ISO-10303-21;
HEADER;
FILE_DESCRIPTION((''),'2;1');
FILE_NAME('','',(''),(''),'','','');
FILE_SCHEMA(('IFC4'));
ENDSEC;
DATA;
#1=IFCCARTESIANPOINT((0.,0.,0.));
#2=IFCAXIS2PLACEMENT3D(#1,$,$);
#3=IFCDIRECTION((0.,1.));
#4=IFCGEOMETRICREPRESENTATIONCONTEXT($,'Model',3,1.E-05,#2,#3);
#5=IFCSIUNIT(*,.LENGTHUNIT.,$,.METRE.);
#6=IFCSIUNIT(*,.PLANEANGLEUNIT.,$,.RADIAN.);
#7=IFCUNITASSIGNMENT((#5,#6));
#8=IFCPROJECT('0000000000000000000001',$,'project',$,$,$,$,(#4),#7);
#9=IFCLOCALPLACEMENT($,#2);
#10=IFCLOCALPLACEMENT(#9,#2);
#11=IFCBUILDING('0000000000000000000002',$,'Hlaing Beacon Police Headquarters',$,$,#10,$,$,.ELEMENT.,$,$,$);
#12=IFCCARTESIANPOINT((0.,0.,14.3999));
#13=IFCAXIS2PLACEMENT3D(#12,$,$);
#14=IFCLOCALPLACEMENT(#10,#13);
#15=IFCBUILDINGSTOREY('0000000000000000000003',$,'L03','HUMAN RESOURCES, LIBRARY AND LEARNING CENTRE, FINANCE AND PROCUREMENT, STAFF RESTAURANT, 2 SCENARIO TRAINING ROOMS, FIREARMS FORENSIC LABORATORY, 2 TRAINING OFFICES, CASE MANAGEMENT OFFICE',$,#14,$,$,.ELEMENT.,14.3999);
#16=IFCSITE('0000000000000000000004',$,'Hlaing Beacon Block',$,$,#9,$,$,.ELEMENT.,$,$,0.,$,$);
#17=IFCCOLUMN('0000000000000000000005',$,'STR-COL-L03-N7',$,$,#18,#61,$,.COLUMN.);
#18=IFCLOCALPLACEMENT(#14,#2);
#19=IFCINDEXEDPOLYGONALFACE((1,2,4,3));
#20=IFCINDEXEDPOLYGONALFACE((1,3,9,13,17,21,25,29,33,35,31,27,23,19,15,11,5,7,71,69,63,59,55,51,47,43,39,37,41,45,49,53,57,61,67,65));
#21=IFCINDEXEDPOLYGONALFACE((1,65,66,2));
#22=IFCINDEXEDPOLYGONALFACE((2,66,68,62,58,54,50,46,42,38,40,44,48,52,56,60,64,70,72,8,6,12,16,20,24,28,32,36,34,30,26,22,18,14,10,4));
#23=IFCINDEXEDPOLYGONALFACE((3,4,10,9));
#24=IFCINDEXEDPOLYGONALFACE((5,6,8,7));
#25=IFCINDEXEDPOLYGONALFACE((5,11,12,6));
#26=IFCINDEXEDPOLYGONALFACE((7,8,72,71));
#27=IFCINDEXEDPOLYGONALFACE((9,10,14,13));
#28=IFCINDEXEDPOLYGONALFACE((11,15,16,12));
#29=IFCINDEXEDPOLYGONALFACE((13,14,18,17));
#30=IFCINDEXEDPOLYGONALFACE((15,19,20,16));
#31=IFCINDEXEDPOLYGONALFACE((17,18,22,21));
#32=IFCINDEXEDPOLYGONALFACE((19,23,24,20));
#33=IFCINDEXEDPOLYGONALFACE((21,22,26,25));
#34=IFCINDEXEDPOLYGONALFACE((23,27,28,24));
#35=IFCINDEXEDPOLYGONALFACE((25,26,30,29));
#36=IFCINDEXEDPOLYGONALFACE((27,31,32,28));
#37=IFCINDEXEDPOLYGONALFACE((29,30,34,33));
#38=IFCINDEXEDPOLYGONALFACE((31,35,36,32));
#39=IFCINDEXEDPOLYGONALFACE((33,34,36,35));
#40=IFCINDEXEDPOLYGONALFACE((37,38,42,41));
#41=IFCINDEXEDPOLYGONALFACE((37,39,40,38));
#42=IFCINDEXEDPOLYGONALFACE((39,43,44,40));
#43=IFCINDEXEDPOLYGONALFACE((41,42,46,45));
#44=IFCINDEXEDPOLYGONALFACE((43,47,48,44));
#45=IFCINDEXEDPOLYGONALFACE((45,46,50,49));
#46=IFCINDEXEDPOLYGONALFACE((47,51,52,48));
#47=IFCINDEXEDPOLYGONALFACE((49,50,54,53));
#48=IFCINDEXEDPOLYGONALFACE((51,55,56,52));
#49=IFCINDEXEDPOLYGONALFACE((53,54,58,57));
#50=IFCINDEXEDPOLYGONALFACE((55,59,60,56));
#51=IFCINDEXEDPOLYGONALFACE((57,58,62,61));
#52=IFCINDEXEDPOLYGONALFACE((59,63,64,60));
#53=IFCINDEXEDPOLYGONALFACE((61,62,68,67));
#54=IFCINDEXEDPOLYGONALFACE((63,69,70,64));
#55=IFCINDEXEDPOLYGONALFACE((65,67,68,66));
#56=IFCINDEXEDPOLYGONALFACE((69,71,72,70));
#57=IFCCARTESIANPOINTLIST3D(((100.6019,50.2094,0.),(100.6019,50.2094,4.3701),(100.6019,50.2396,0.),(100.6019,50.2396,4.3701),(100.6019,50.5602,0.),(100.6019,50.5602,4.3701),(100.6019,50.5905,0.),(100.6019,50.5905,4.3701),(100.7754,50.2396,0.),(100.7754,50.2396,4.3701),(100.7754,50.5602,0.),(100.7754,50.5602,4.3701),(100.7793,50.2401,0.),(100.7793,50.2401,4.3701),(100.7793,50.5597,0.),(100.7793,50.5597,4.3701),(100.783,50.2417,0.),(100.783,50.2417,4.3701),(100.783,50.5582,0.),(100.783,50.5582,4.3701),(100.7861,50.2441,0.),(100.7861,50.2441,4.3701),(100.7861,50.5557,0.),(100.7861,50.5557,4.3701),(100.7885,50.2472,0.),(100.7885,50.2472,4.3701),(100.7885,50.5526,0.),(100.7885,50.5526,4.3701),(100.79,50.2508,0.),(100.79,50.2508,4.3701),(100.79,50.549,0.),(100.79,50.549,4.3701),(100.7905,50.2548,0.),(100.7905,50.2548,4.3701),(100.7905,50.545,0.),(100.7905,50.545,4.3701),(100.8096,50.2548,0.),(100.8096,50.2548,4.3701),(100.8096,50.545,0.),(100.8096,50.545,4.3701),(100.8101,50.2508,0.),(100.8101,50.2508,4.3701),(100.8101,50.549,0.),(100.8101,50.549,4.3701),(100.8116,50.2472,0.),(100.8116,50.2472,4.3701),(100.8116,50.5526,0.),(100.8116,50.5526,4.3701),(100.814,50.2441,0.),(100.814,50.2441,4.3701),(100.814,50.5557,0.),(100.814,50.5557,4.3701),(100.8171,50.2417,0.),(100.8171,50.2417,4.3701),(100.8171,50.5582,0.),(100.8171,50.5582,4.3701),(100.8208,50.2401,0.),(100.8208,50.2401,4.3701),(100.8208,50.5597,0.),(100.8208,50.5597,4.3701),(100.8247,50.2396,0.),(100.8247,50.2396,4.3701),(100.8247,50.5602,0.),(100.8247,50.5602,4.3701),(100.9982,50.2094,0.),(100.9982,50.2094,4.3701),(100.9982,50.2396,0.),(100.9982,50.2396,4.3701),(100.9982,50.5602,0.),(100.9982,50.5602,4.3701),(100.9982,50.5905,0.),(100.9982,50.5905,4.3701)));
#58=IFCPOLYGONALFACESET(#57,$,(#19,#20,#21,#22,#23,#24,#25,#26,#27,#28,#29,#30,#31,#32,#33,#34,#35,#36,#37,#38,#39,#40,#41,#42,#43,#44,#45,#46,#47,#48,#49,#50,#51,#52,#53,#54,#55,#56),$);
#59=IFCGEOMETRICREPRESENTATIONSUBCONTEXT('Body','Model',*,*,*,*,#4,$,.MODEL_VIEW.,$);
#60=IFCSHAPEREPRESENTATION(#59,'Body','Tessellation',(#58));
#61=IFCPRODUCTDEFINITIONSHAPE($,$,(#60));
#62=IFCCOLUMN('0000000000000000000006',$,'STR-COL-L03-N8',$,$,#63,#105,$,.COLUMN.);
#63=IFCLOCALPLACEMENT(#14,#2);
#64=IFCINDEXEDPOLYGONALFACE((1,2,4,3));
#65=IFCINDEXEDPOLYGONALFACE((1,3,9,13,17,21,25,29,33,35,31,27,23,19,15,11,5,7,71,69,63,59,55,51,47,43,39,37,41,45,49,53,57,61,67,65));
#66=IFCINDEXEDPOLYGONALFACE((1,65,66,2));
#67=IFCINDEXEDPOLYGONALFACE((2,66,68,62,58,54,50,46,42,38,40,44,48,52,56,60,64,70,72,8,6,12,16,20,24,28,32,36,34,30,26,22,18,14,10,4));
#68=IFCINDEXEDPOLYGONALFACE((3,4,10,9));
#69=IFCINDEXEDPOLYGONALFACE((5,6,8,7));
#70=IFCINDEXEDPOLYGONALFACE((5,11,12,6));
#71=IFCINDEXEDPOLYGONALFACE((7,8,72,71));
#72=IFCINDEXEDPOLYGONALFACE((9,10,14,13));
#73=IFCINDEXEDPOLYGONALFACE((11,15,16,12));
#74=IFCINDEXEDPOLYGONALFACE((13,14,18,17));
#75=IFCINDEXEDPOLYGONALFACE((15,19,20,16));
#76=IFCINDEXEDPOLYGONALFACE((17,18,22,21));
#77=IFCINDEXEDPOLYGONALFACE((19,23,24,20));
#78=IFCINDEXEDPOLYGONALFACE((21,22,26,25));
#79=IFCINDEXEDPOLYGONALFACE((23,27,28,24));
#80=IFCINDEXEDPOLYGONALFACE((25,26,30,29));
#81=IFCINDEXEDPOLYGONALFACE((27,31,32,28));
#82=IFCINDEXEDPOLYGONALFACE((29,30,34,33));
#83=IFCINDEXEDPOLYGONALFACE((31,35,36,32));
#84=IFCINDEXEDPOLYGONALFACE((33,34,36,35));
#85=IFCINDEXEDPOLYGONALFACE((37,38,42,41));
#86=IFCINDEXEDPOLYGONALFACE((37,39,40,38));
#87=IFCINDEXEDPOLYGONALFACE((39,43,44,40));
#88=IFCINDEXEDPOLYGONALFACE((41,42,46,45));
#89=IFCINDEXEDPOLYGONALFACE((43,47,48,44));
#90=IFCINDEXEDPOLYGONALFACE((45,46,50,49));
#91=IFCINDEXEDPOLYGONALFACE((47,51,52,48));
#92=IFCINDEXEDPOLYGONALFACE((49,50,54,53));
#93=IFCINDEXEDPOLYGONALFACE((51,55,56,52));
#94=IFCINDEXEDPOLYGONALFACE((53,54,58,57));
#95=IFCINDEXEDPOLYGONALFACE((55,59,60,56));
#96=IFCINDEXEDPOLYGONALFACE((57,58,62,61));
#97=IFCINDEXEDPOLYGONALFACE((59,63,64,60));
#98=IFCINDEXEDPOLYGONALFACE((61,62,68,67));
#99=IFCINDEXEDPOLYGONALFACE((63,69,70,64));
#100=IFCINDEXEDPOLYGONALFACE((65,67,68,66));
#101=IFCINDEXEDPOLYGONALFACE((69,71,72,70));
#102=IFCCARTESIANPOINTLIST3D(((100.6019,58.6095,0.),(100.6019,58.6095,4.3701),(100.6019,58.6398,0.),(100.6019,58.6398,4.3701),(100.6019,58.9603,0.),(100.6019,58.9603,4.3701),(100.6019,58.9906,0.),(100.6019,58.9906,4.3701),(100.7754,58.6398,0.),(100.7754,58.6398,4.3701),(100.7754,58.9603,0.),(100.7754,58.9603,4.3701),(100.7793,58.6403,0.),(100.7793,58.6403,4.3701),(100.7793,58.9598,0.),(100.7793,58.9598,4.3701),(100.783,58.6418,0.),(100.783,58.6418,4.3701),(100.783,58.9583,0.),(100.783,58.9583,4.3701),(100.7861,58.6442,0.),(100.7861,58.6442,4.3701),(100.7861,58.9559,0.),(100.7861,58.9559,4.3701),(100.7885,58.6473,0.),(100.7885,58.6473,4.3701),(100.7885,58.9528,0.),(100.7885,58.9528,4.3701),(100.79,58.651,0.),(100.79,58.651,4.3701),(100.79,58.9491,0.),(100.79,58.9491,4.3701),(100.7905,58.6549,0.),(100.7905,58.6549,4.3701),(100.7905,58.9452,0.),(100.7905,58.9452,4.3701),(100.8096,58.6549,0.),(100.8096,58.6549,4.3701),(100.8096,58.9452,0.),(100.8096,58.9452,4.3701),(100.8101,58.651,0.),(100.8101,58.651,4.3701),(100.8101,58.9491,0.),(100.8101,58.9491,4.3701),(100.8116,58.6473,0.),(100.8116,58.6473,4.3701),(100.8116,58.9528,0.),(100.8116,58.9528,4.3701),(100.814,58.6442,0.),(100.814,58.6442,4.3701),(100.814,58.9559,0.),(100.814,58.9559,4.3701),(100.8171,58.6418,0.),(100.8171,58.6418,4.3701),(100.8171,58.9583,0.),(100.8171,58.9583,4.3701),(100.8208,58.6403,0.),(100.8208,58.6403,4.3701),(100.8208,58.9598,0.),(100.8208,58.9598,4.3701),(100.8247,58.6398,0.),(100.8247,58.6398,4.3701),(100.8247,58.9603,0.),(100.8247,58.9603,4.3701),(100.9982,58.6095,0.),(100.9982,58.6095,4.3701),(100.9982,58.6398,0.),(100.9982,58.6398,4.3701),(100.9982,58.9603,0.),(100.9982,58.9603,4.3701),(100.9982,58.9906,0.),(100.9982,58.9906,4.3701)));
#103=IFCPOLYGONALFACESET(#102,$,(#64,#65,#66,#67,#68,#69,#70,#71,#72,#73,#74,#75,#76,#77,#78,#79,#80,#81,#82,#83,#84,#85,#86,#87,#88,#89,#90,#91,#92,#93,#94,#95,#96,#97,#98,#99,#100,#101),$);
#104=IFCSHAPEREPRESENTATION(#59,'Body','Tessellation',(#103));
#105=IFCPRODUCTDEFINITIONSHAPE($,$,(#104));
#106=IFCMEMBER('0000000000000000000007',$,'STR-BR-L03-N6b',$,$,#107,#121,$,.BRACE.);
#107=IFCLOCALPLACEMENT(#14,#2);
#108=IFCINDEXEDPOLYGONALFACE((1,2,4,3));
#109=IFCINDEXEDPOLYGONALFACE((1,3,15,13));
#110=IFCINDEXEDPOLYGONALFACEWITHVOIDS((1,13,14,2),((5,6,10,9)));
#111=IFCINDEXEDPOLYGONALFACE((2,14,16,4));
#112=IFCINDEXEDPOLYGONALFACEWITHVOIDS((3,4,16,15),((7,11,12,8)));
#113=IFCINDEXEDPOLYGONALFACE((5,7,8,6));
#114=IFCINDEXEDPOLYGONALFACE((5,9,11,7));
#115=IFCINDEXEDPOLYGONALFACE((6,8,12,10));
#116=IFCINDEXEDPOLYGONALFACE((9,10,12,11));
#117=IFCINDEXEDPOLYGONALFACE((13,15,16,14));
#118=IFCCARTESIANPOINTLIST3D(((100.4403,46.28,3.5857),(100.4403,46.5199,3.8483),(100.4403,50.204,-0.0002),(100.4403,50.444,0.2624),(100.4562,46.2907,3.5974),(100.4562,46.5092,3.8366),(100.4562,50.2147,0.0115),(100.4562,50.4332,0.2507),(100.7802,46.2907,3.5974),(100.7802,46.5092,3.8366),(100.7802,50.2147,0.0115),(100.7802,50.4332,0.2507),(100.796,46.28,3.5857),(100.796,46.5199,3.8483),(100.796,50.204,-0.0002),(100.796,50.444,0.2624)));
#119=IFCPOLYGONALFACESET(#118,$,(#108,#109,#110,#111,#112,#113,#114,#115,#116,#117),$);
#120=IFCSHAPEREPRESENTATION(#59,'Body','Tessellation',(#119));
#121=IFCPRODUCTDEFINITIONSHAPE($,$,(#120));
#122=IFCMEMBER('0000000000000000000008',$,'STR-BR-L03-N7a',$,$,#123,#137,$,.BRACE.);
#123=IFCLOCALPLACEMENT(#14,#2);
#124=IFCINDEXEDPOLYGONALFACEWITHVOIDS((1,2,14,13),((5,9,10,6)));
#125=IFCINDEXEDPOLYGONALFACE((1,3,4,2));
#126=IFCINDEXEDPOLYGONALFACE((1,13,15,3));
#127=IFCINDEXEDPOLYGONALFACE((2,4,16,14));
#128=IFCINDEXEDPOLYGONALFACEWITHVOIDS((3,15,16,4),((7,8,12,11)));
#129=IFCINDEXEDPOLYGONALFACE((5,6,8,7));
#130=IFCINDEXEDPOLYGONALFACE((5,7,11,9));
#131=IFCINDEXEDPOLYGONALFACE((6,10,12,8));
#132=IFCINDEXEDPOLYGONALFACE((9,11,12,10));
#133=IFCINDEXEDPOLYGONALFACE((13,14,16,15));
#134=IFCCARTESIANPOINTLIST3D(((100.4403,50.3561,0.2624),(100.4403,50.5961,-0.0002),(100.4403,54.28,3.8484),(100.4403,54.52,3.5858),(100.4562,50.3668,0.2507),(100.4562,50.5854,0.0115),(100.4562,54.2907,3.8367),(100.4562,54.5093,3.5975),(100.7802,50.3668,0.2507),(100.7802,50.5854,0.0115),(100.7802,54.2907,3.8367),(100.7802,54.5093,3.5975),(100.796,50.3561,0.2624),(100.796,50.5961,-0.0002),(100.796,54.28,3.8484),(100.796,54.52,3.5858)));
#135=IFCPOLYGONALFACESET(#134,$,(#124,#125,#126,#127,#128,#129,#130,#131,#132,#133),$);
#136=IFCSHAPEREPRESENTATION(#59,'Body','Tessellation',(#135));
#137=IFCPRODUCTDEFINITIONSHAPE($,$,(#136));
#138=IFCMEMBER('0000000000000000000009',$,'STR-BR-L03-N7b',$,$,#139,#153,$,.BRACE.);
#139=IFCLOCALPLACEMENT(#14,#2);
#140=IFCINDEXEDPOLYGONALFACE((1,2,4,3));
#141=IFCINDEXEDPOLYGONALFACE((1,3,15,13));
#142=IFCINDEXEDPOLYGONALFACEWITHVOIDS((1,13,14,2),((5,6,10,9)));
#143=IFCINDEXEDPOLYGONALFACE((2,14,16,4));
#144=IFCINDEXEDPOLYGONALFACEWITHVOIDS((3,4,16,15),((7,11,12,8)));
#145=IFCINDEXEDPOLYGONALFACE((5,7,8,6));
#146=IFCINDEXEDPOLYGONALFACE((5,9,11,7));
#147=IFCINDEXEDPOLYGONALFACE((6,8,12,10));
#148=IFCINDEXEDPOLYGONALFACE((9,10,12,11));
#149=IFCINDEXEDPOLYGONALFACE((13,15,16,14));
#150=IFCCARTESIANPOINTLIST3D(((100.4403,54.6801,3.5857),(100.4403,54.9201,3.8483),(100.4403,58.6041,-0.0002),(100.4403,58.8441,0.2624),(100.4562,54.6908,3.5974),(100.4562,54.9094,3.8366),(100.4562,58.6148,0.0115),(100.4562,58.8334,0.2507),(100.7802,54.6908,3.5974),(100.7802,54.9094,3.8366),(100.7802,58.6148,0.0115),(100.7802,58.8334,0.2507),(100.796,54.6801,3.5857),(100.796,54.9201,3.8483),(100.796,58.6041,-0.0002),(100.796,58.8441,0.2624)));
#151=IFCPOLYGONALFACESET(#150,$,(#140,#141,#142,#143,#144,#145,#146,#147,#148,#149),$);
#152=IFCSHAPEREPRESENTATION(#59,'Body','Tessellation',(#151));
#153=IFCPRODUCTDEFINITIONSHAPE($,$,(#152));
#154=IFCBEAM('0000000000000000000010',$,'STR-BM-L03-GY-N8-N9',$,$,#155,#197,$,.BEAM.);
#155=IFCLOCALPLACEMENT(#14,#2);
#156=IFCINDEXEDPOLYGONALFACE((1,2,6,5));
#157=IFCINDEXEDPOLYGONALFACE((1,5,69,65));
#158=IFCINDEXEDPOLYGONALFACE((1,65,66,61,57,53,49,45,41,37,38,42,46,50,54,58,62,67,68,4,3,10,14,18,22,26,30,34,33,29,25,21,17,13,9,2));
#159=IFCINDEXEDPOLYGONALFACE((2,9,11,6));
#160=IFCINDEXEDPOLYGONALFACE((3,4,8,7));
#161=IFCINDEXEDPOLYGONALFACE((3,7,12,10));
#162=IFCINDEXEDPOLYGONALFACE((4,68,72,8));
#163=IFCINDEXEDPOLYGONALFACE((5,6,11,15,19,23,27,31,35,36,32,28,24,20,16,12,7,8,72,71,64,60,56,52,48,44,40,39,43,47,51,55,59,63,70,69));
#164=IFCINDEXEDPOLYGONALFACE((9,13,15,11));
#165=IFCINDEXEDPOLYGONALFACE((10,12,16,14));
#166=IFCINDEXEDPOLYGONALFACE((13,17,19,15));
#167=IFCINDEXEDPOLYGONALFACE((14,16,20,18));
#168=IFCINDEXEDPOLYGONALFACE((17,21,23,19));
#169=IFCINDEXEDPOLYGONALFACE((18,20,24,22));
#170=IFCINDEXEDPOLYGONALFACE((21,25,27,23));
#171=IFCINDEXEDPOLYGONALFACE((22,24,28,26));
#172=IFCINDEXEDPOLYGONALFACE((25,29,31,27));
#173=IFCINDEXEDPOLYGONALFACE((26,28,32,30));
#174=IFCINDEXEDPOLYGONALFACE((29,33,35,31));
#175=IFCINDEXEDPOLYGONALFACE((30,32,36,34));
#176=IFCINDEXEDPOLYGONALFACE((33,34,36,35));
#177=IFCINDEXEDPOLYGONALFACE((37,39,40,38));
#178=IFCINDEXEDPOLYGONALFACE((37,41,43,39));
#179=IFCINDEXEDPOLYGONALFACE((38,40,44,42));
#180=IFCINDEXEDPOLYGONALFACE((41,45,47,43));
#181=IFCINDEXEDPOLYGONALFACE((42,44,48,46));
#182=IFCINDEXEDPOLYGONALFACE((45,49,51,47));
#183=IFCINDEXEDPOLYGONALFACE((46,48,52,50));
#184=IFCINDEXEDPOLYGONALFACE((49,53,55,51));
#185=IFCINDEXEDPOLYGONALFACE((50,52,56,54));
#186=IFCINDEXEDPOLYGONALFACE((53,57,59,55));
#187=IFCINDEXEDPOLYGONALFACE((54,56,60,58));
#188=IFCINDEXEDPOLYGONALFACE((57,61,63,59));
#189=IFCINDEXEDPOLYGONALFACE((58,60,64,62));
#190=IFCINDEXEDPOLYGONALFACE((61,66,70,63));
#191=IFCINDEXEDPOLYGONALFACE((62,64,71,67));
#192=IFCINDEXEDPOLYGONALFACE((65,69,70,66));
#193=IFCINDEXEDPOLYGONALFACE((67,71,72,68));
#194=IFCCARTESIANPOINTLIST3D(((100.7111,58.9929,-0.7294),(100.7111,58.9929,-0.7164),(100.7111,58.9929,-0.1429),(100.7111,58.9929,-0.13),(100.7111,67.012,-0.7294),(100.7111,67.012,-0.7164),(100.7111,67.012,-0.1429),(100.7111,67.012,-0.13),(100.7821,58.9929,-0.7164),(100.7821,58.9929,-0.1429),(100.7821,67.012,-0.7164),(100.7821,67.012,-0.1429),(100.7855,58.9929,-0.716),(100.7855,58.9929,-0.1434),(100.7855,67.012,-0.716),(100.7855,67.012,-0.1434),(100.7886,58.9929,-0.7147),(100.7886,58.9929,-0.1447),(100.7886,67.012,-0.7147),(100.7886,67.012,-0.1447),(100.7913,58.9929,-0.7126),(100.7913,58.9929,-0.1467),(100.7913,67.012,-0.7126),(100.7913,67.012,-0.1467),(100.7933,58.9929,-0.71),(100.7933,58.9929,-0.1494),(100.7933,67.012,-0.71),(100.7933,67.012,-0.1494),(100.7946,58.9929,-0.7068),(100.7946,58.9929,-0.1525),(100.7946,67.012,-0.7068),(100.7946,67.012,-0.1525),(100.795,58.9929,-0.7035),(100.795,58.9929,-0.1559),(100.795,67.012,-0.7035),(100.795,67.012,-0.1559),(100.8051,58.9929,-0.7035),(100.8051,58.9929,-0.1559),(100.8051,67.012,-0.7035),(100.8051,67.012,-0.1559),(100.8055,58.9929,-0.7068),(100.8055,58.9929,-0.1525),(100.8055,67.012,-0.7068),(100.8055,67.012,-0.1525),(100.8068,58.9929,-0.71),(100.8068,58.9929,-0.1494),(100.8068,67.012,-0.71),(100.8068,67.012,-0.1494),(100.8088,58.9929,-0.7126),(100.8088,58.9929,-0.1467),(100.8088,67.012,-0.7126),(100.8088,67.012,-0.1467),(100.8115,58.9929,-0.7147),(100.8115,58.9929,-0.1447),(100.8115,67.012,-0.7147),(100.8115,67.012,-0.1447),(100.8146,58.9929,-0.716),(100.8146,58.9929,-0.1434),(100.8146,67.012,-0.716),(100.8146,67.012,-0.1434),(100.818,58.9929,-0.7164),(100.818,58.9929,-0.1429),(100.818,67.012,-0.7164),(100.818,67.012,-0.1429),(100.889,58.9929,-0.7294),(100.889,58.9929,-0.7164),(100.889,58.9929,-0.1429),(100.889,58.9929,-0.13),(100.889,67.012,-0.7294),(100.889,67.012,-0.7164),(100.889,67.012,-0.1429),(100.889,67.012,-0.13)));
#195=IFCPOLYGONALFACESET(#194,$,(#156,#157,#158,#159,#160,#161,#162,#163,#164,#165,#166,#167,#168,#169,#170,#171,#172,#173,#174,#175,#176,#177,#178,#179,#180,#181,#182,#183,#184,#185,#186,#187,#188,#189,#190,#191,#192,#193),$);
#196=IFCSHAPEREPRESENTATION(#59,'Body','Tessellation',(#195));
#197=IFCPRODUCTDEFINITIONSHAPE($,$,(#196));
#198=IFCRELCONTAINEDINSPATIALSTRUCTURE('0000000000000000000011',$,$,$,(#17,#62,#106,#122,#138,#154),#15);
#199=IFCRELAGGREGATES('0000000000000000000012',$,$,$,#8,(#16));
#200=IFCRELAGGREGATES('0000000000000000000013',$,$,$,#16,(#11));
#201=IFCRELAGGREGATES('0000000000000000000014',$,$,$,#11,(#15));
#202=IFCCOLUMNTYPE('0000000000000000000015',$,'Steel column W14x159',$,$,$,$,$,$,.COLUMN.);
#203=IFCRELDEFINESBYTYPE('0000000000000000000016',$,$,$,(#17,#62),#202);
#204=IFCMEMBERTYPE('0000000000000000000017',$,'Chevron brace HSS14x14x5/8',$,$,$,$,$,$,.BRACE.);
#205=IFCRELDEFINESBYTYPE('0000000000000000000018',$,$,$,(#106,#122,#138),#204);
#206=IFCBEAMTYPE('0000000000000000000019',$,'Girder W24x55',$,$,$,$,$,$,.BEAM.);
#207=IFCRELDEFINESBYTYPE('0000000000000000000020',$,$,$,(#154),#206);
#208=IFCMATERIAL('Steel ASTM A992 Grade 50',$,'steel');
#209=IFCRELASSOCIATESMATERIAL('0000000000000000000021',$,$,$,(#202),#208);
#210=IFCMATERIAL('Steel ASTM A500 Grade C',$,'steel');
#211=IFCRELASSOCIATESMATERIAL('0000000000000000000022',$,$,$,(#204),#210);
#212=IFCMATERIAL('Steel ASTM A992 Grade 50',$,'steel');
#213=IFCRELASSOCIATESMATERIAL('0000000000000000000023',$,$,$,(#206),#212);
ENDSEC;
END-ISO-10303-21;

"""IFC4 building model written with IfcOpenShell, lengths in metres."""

from ifc_helpers import new_model, si_unit, direction, frame, origin, origin_2d, place, context, subcontext, project, spatial, hollow_rectangle, i_section, extrude, material, material_profile, profile_set, type_object, element, save


model = new_model("IFC4")

# Units and contexts
model_context = context("Model", 3, precision=1e-05, world=origin(), true_north=direction((0.0, 1.0)))
body_context = subcontext(model_context, "Body", "Model", "MODEL_VIEW")
ifc_project = project(units=[si_unit("LENGTHUNIT", "METRE"), si_unit("PLANEANGLEUNIT", "RADIAN")], contexts=[model_context])

# Site, building, storey
site_placement = place(None, origin())
site = spatial("IfcSite", under=ifc_project, at=site_placement, Name="Hlaing Beacon Block", CompositionType="ELEMENT", RefElevation=0.0)
building_placement = place(site_placement, origin())
building = spatial("IfcBuilding", under=site, at=building_placement, Name="Hlaing Beacon Police Headquarters", CompositionType="ELEMENT")
storey_placement = place(building_placement, frame((0.0, 0.0, 14.3999)))
storey = spatial("IfcBuildingStorey", under=building, at=storey_placement, Name="L03", Description="HUMAN RESOURCES, LIBRARY AND LEARNING CENTRE, FINANCE AND PROCUREMENT, STAFF RESTAURANT, 2 SCENARIO TRAINING ROOMS, FIREARMS FORENSIC LABORATORY, 2 TRAINING OFFICES, CASE MANAGEMENT OFFICE", CompositionType="ELEMENT", Elevation=14.3999)

# Columns
ifc_material_1 = material(Name="Steel ASTM A992 Grade 50", Category="steel")
ifc_material_profile_1 = material_profile(ifc_material_1, i_section(OverallWidth=0.3962, OverallDepth=0.3811, WebThickness=0.019, FlangeThickness=0.0303, FilletRadius=0.0151, at=origin_2d()), Name="W14x159")
ifc_profile_set_1 = profile_set([ifc_material_profile_1], Name="Steel ASTM A992 Grade 50")
column_type = type_object("IfcColumnType", Name="Steel column W14x159", PredefinedType="COLUMN", material=ifc_profile_set_1)
for number, where, z_axis, x_axis, name in (
    (1, (100.8, 50.3999, 0.0), (0.0, 0.0, 1.0), (1.0, 0.0, 0.0), "STR-COL-L03-N7"),
    (2, (100.8, 58.8, 0.0), (0.0, 0.0, 1.0), (1.0, 0.0, 0.0), "STR-COL-L03-N8"),
):
    element("IfcColumn", number, at=place(storey_placement, frame(where, z_axis=z_axis, x_axis=x_axis)), inside=storey, type_object=column_type, Name=name, PredefinedType="COLUMN", context=body_context, shape_type="SweptSolid", body=[
        extrude(i_section(OverallWidth=0.3962, OverallDepth=0.3811, WebThickness=0.019, FlangeThickness=0.0303, FilletRadius=0.0151, at=origin_2d()), origin(), (0.0, 0.0, 1.0), 4.3701),
    ])

# Members
ifc_material_2 = material(Name="Steel ASTM A500 Grade C", Category="steel")
ifc_material_profile_2 = material_profile(ifc_material_2, hollow_rectangle(XDim=0.3557, YDim=0.3557, WallThickness=0.0159, at=origin_2d()), Name="HSS14x14x5/8")
ifc_profile_set_2 = profile_set([ifc_material_profile_2], Name="Steel ASTM A500 Grade C")
member_type = type_object("IfcMemberType", Name="Chevron brace HSS14x14x5/8", PredefinedType="BRACE", material=ifc_profile_set_2)
for number, where, z_axis, x_axis, name in (
    (3, (100.6182, 50.324, 0.1311), (0.0, -0.738196, 0.674586), (1.0, 0.0, 0.0), "STR-BR-L03-N6b"),
    (4, (100.6182, 50.4761, 0.1311), (0.0, 0.738175, 0.674609), (-1.0, 0.0, 0.0), "STR-BR-L03-N7a"),
    (5, (100.6182, 58.7241, 0.1311), (0.0, -0.738196, 0.674586), (1.0, 0.0, 0.0), "STR-BR-L03-N7b"),
):
    element("IfcMember", number, at=place(storey_placement, frame(where, z_axis=z_axis, x_axis=x_axis)), inside=storey, type_object=member_type, Name=name, PredefinedType="BRACE", context=body_context, shape_type="SweptSolid", body=[
        extrude(hollow_rectangle(XDim=0.3557, YDim=0.3557, WallThickness=0.0159, at=origin_2d()), origin(), (0.0, 0.0, 1.0), 5.3157),
    ])

# Beam
ifc_material_3 = material(Name="Steel ASTM A992 Grade 50", Category="steel")
ifc_material_profile_3 = material_profile(ifc_material_3, i_section(OverallWidth=0.178, OverallDepth=0.5994, WebThickness=0.01, FlangeThickness=0.0129, FilletRadius=0.0129, at=origin_2d()), Name="W24x55")
ifc_profile_set_3 = profile_set([ifc_material_profile_3], Name="Steel ASTM A992 Grade 50")
beam_type_1 = type_object("IfcBeamType", Name="Girder W24x55", PredefinedType="BEAM", material=ifc_profile_set_3)
beam_1_placement = place(storey_placement, frame((100.8, 58.9929, -0.4297), z_axis=(0.0, 1.0, 0.0), x_axis=(-1.0, 0.0, 0.0)))
element("IfcBeam", 6, at=beam_1_placement, inside=storey, type_object=beam_type_1, Name="STR-BM-L03-GY-N8-N9", PredefinedType="BEAM", context=body_context, shape_type="SweptSolid", body=[
    extrude(i_section(OverallWidth=0.178, OverallDepth=0.5994, WebThickness=0.01, FlangeThickness=0.0129, FilletRadius=0.0129, at=origin_2d()), origin(), (0.0, 0.0, 1.0), 8.019),
])

save(model, "model.ifc")
